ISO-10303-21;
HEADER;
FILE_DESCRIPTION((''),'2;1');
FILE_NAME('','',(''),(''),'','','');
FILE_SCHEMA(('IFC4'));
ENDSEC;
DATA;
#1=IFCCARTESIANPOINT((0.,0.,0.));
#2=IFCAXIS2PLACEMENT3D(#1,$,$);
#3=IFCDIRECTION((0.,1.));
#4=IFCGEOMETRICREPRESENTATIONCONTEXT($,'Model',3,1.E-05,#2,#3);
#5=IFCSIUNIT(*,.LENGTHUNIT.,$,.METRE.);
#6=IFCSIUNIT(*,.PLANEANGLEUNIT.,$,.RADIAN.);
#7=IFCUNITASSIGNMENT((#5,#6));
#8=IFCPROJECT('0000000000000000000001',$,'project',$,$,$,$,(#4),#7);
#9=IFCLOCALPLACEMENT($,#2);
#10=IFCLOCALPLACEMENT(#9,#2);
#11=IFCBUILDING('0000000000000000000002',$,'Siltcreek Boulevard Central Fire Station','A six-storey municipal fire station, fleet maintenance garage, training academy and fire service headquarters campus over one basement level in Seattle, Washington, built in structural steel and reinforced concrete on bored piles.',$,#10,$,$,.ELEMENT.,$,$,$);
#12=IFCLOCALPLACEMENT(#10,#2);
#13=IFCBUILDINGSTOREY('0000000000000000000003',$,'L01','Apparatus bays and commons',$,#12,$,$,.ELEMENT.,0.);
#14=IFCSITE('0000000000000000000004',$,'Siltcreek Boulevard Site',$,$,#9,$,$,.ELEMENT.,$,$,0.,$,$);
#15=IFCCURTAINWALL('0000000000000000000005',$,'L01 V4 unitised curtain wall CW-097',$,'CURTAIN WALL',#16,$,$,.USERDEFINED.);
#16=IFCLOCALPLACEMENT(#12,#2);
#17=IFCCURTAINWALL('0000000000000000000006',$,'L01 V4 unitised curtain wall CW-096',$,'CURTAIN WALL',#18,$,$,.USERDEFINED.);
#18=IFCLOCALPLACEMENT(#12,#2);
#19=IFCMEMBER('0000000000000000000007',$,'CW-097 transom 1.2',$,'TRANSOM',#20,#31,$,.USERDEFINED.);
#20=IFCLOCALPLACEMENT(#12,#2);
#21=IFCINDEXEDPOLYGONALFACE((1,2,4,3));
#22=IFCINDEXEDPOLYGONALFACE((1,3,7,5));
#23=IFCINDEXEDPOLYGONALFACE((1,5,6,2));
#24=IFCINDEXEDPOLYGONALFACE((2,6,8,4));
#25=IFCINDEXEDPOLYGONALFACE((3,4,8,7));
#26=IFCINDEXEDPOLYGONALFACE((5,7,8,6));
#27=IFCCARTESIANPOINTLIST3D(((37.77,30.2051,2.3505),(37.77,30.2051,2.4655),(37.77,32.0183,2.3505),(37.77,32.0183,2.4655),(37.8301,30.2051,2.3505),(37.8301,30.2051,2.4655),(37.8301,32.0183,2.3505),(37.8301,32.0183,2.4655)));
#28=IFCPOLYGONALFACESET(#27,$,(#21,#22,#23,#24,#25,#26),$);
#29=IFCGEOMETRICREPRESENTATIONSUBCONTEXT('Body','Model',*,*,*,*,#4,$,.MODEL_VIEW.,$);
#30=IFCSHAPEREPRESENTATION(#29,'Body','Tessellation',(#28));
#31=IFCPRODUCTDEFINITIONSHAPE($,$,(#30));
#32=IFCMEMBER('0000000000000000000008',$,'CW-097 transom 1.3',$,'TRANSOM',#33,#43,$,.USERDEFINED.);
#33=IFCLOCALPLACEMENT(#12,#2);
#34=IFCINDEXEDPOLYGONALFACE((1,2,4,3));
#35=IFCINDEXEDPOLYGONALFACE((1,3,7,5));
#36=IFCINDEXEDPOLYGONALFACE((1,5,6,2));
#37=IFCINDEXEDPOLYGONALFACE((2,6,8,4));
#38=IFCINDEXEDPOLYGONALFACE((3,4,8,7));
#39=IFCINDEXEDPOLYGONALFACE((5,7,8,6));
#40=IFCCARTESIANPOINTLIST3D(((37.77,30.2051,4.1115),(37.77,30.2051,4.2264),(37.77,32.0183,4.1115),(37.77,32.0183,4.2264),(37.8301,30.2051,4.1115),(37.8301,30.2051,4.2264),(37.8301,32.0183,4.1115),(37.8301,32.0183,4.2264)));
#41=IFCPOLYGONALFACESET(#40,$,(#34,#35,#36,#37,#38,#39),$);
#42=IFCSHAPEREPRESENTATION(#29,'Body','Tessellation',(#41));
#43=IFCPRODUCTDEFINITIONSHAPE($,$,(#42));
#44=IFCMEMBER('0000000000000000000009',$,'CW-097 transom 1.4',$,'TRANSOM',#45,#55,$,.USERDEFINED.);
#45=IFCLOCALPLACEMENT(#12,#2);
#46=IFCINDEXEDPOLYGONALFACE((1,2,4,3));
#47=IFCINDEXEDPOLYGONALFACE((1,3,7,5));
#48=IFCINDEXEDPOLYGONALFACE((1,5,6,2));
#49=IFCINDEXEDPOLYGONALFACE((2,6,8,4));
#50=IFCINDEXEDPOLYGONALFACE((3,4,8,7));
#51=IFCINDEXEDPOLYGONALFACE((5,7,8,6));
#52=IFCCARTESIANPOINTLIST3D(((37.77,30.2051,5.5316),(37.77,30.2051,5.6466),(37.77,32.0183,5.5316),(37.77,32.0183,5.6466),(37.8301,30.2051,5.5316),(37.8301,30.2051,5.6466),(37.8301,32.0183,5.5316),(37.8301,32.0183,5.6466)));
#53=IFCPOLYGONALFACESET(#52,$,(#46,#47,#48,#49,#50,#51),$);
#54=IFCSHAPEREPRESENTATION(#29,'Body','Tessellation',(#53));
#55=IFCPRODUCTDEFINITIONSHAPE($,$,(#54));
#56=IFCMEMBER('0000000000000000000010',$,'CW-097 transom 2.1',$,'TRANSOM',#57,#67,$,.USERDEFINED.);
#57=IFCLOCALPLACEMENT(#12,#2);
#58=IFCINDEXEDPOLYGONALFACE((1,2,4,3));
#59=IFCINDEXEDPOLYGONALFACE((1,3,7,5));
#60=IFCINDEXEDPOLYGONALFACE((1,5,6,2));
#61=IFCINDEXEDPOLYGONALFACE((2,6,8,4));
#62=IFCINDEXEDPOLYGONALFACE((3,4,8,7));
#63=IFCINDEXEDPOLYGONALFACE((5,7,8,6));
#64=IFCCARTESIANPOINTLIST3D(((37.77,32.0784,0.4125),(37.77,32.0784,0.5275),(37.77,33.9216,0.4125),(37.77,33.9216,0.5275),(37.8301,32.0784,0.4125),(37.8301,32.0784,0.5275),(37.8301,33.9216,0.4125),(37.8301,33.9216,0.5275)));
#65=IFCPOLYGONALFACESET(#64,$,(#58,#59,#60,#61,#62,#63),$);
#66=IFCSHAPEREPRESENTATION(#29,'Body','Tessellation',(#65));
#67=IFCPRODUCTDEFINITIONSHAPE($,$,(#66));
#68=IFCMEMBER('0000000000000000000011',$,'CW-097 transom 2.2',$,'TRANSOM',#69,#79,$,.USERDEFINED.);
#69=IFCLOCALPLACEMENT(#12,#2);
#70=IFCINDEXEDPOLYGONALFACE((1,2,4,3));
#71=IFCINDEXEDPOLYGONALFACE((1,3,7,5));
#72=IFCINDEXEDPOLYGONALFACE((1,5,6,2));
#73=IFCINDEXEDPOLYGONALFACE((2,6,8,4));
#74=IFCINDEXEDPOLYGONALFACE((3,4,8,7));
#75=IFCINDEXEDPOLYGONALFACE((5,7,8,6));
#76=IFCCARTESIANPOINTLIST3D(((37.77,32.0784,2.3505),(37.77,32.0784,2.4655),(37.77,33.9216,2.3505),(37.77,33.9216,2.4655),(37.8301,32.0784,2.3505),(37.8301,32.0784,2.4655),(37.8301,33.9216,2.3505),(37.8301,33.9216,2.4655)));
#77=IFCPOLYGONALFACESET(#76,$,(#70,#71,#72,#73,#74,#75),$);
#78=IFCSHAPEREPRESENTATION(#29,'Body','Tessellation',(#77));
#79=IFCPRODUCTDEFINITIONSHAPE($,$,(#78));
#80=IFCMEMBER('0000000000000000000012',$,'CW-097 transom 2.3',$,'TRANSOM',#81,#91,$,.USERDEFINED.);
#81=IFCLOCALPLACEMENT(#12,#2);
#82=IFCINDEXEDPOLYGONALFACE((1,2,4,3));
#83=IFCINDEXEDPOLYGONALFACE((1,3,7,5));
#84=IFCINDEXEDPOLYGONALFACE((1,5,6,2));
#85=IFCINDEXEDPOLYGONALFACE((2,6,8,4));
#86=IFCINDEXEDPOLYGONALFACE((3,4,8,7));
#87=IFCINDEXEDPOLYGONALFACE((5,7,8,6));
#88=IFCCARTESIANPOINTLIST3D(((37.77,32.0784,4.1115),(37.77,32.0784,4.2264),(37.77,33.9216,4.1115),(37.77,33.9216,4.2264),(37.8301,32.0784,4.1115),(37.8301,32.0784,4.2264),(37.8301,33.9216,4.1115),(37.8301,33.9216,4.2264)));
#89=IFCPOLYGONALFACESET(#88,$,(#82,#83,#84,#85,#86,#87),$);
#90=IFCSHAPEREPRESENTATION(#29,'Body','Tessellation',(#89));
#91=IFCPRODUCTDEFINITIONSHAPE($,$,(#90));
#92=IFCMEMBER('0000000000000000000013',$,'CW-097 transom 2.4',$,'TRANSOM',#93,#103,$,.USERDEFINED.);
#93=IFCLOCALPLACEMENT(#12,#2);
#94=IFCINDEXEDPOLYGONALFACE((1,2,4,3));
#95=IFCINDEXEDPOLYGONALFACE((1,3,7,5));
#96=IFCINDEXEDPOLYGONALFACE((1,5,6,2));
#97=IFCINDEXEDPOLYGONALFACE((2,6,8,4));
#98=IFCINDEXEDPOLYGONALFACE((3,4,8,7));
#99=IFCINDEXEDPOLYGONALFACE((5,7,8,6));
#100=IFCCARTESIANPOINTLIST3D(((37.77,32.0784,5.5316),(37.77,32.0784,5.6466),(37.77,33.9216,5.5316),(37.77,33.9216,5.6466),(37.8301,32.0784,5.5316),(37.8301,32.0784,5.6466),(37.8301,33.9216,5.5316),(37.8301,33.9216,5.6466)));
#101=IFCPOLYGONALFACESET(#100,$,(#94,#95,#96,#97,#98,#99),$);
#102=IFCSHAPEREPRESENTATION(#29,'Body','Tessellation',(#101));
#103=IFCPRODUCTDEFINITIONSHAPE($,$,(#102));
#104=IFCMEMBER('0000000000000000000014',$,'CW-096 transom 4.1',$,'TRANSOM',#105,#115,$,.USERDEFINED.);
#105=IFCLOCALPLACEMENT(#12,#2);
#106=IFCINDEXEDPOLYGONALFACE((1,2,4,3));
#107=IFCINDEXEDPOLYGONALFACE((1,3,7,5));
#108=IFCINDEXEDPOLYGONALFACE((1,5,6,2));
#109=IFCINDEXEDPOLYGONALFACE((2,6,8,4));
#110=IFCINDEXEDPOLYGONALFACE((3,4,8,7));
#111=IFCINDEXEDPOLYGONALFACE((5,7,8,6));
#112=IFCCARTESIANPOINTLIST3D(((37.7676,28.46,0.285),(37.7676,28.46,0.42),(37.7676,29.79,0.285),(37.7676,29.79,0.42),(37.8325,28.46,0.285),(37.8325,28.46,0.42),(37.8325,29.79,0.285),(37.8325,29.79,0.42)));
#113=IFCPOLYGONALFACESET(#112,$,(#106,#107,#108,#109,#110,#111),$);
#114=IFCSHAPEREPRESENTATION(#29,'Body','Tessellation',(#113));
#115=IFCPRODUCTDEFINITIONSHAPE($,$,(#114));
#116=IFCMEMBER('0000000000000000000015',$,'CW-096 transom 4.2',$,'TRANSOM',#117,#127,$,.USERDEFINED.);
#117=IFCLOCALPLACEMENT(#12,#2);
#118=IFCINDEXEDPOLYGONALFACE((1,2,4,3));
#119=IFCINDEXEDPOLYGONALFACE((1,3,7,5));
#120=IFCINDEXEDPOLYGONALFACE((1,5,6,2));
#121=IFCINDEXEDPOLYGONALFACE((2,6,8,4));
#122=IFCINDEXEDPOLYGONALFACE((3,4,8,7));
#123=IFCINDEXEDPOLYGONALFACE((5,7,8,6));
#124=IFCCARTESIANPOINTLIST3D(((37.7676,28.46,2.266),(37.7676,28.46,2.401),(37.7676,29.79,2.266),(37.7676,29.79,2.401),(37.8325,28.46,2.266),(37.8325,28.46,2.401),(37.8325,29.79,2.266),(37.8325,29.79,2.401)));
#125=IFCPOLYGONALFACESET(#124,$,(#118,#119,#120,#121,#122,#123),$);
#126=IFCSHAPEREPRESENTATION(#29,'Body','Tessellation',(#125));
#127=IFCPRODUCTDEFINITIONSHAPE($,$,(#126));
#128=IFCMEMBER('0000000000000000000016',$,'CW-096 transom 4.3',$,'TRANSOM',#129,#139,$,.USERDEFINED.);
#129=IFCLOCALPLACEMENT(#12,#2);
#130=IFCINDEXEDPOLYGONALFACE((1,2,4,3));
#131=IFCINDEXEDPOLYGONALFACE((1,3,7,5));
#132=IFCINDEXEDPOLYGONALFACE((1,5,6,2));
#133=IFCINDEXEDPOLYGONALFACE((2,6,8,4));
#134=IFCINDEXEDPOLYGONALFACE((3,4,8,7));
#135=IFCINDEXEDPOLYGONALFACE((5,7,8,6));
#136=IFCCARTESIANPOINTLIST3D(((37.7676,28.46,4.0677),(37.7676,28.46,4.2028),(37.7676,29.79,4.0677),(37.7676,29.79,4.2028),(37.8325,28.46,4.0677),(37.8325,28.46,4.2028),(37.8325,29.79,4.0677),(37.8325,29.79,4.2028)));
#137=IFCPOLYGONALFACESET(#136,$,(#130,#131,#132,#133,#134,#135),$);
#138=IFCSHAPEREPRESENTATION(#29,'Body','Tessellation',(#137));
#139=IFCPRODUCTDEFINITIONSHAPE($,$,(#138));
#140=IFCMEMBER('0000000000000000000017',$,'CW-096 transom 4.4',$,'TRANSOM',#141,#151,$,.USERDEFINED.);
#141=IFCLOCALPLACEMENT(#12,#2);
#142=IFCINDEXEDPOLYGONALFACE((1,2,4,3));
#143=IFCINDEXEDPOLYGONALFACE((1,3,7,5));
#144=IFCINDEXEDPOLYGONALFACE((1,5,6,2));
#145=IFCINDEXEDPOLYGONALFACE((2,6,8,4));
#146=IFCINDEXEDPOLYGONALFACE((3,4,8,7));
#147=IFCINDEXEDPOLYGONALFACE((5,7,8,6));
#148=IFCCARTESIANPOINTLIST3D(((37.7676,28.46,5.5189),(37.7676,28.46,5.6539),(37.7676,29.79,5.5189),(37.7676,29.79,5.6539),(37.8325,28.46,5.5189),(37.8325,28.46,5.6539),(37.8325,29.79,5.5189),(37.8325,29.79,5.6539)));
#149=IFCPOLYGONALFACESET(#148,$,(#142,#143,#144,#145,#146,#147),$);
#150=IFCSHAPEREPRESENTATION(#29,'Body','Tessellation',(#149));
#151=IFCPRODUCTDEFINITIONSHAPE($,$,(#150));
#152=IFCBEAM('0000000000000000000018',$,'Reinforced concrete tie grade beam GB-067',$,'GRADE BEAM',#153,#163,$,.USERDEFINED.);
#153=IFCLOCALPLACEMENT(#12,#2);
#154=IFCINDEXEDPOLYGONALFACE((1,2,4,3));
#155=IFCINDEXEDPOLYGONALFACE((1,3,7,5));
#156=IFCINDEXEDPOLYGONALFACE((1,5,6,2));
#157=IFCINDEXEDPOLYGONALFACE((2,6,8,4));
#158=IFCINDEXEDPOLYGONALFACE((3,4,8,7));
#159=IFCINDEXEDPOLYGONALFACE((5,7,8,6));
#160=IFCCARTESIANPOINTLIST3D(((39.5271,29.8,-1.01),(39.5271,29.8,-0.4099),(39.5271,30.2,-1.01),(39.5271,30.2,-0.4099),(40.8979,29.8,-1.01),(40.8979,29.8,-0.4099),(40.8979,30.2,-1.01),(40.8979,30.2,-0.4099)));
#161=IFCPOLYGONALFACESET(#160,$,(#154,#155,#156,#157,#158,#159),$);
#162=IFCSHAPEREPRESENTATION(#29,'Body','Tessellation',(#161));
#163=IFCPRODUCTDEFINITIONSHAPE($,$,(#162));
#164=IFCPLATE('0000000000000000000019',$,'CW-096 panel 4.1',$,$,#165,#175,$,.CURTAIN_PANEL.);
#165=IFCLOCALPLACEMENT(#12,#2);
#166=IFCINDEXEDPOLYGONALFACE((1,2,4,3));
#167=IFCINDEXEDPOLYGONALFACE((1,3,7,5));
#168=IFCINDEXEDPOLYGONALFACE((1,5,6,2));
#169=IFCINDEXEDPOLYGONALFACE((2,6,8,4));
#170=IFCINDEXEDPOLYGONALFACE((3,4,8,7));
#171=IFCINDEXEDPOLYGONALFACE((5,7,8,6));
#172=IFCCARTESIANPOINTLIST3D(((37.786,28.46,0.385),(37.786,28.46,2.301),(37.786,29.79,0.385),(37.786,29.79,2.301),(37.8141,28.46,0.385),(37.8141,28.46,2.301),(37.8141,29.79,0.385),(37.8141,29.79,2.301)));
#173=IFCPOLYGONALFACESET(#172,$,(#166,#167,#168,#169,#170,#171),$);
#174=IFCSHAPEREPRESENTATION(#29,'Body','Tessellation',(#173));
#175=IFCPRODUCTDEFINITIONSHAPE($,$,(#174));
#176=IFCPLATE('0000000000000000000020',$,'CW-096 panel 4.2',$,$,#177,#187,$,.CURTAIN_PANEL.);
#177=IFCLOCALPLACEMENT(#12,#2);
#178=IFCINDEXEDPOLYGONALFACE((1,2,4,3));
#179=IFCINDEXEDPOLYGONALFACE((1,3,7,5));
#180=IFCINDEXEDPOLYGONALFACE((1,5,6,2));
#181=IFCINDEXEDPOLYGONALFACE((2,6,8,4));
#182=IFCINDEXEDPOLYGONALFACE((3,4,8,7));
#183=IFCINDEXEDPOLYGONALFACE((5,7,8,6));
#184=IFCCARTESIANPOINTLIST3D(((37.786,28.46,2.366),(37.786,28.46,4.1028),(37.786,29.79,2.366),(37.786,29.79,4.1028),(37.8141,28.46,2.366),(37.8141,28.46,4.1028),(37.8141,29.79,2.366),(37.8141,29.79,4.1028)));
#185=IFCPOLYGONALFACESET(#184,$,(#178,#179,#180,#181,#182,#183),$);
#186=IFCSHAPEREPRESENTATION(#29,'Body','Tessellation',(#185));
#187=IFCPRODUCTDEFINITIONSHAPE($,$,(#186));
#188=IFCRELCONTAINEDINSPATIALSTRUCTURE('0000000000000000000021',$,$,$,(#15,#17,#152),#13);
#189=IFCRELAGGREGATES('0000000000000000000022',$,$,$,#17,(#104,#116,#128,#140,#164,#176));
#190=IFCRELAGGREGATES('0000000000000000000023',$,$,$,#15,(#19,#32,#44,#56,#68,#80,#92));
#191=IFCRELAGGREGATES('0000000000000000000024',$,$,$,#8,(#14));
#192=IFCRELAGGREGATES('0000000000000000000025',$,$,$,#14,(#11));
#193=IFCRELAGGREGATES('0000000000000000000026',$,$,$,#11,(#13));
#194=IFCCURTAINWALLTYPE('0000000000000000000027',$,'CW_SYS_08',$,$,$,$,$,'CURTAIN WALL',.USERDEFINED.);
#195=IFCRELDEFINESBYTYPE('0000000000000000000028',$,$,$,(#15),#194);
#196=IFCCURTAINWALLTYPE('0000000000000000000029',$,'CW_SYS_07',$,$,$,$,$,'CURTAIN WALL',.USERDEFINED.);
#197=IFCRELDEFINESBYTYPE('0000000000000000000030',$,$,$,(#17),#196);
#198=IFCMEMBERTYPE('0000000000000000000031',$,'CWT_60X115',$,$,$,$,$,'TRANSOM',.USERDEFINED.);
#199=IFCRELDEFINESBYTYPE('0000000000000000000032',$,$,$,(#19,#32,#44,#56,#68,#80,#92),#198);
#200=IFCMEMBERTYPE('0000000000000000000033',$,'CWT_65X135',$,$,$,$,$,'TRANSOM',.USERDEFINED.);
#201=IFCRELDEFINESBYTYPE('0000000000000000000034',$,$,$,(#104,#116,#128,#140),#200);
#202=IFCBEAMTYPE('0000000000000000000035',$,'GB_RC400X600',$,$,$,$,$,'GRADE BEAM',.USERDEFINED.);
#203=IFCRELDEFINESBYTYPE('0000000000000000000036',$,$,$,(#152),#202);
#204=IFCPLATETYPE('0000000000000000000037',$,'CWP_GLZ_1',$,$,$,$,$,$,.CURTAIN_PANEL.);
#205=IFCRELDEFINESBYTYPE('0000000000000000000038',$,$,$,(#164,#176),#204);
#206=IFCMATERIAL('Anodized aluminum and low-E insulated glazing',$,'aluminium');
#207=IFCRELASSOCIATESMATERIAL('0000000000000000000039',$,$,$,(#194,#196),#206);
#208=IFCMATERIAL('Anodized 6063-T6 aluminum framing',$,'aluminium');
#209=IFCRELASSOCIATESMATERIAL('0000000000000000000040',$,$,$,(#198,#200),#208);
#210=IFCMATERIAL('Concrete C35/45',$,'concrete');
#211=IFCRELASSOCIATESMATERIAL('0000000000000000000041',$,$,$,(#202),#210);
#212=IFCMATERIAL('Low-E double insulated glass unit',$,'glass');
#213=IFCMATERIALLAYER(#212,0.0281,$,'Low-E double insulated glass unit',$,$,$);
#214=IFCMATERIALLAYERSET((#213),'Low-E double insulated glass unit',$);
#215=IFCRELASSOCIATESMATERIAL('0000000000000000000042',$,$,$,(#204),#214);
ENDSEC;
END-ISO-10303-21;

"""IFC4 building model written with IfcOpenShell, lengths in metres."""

from ifc_helpers import new_model, si_unit, direction, frame, origin, origin_2d, place, context, subcontext, project, spatial, rectangle, extrude, material, layer, layer_set, material_profile, profile_set, type_object, element, aggregate, save


model = new_model("IFC4")

# Units and contexts
model_context = context("Model", 3, precision=1e-05, world=origin(), true_north=direction((0.0, 1.0)))
body_context = subcontext(model_context, "Body", "Model", "MODEL_VIEW")
ifc_project = project(units=[si_unit("LENGTHUNIT", "METRE"), si_unit("PLANEANGLEUNIT", "RADIAN")], contexts=[model_context])

# Site, building, storey
site_placement = place(None, origin())
site = spatial("IfcSite", under=ifc_project, at=site_placement, Name="Siltcreek Boulevard Site", CompositionType="ELEMENT", RefElevation=0.0)
building_placement = place(site_placement, origin())
building = spatial("IfcBuilding", under=site, at=building_placement, Name="Siltcreek Boulevard Central Fire Station", Description="A six-storey municipal fire station, fleet maintenance garage, training academy and fire service headquarters campus over one basement level in Seattle, Washington, built in structural steel and reinforced concrete on bored piles.", CompositionType="ELEMENT")
storey_placement = place(building_placement, origin())
storey = spatial("IfcBuildingStorey", under=building, at=storey_placement, Name="L01", Description="Apparatus bays and commons", CompositionType="ELEMENT", Elevation=0.0)

# Shared definitions
ifc_material_1 = material(Name="Concrete C35/45", Category="concrete")

# Curtain walls
ifc_material_2 = material(Name="Anodized aluminum and low-E insulated glazing", Category="aluminium")
curtain_wall_type_1 = type_object("IfcCurtainWallType", Name="CW_SYS_08", ElementType="CURTAIN WALL", PredefinedType="USERDEFINED", material=ifc_material_2)
curtain_wall_1_placement = place(storey_placement, origin())
curtain_wall_1 = element("IfcCurtainWall", 1, at=curtain_wall_1_placement, inside=storey, type_object=curtain_wall_type_1, Name="L01 V4 unitised curtain wall CW-097", ObjectType="CURTAIN WALL", PredefinedType="USERDEFINED")
ifc_material_3 = material(Name="Anodized 6063-T6 aluminum framing", Category="aluminium")
curtain_wall_type_2 = type_object("IfcCurtainWallType", Name="CW_SYS_07", ElementType="CURTAIN WALL", PredefinedType="USERDEFINED", material=ifc_material_2)
curtain_wall_2_placement = place(storey_placement, origin())
curtain_wall_2 = element("IfcCurtainWall", 2, at=curtain_wall_2_placement, inside=storey, type_object=curtain_wall_type_2, Name="L01 V4 unitised curtain wall CW-096", ObjectType="CURTAIN WALL", PredefinedType="USERDEFINED")

# Members
ifc_material_profile_1 = material_profile(ifc_material_3, rectangle(XDim=0.0601, YDim=0.115, at=origin_2d()), Name="TRAN60X115")
ifc_profile_set_1 = profile_set([ifc_material_profile_1], Name="Anodized 6063-T6 aluminum framing")
member_type_1 = type_object("IfcMemberType", Name="CWT_60X115", ElementType="TRANSOM", PredefinedType="USERDEFINED", material=ifc_profile_set_1)
member_1_placement = place(storey_placement, frame((37.8, 30.2051, 2.408), z_axis=(0.0, 1.0, 0.0), x_axis=(-1.0, 0.0, 0.0)))
member_1 = element("IfcMember", 3, at=member_1_placement, type_object=member_type_1, Name="CW-097 transom 1.2", ObjectType="TRANSOM", PredefinedType="USERDEFINED", context=body_context, shape_type="SweptSolid", body=[
    extrude(rectangle(XDim=0.0601, YDim=0.115, at=origin_2d()), origin(), (0.0, 0.0, 1.0), 1.8132),
])
member_2_placement = place(storey_placement, frame((37.8, 30.2051, 4.1689), z_axis=(0.0, 1.0, 0.0), x_axis=(-1.0, 0.0, 0.0)))
member_2 = element("IfcMember", 4, at=member_2_placement, type_object=member_type_1, Name="CW-097 transom 1.3", ObjectType="TRANSOM", PredefinedType="USERDEFINED", context=body_context, shape_type="SweptSolid", body=[
    extrude(rectangle(XDim=0.0601, YDim=0.115, at=origin_2d()), origin(), (0.0, 0.0, 1.0), 1.8132),
])
member_3_placement = place(storey_placement, frame((37.8, 30.2051, 5.5891), z_axis=(0.0, 1.0, 0.0), x_axis=(-1.0, 0.0, 0.0)))
member_3 = element("IfcMember", 5, at=member_3_placement, type_object=member_type_1, Name="CW-097 transom 1.4", ObjectType="TRANSOM", PredefinedType="USERDEFINED", context=body_context, shape_type="SweptSolid", body=[
    extrude(rectangle(XDim=0.0601, YDim=0.115, at=origin_2d()), origin(), (0.0, 0.0, 1.0), 1.8132),
])
member_4_placement = place(storey_placement, frame((37.8, 32.0784, 0.47), z_axis=(0.0, 1.0, 0.0), x_axis=(-1.0, 0.0, 0.0)))
member_4 = element("IfcMember", 6, at=member_4_placement, type_object=member_type_1, Name="CW-097 transom 2.1", ObjectType="TRANSOM", PredefinedType="USERDEFINED", context=body_context, shape_type="SweptSolid", body=[
    extrude(rectangle(XDim=0.0601, YDim=0.115, at=origin_2d()), origin(), (0.0, 0.0, 1.0), 1.8433),
])
member_5_placement = place(storey_placement, frame((37.8, 32.0784, 2.408), z_axis=(0.0, 1.0, 0.0), x_axis=(-1.0, 0.0, 0.0)))
member_5 = element("IfcMember", 7, at=member_5_placement, type_object=member_type_1, Name="CW-097 transom 2.2", ObjectType="TRANSOM", PredefinedType="USERDEFINED", context=body_context, shape_type="SweptSolid", body=[
    extrude(rectangle(XDim=0.0601, YDim=0.115, at=origin_2d()), origin(), (0.0, 0.0, 1.0), 1.8433),
])
member_6_placement = place(storey_placement, frame((37.8, 32.0784, 4.1689), z_axis=(0.0, 1.0, 0.0), x_axis=(-1.0, 0.0, 0.0)))
member_6 = element("IfcMember", 8, at=member_6_placement, type_object=member_type_1, Name="CW-097 transom 2.3", ObjectType="TRANSOM", PredefinedType="USERDEFINED", context=body_context, shape_type="SweptSolid", body=[
    extrude(rectangle(XDim=0.0601, YDim=0.115, at=origin_2d()), origin(), (0.0, 0.0, 1.0), 1.8433),
])
member_7_placement = place(storey_placement, frame((37.8, 32.0784, 5.5891), z_axis=(0.0, 1.0, 0.0), x_axis=(-1.0, 0.0, 0.0)))
member_7 = element("IfcMember", 9, at=member_7_placement, type_object=member_type_1, Name="CW-097 transom 2.4", ObjectType="TRANSOM", PredefinedType="USERDEFINED", context=body_context, shape_type="SweptSolid", body=[
    extrude(rectangle(XDim=0.0601, YDim=0.115, at=origin_2d()), origin(), (0.0, 0.0, 1.0), 1.8433),
])
ifc_material_profile_2 = material_profile(ifc_material_3, rectangle(XDim=0.0649, YDim=0.135, at=origin_2d()), Name="TRAN65X135")
ifc_profile_set_2 = profile_set([ifc_material_profile_2], Name="Anodized 6063-T6 aluminum framing")
member_type_2 = type_object("IfcMemberType", Name="CWT_65X135", ElementType="TRANSOM", PredefinedType="USERDEFINED", material=ifc_profile_set_2)
member_8_placement = place(storey_placement, frame((37.8, 28.46, 0.3525), z_axis=(0.0, 1.0, 0.0), x_axis=(-1.0, 0.0, 0.0)))
member_8 = element("IfcMember", 10, at=member_8_placement, type_object=member_type_2, Name="CW-096 transom 4.1", ObjectType="TRANSOM", PredefinedType="USERDEFINED", context=body_context, shape_type="SweptSolid", body=[
    extrude(rectangle(XDim=0.0649, YDim=0.135, at=origin_2d()), origin(), (0.0, 0.0, 1.0), 1.3301),
])
member_9_placement = place(storey_placement, frame((37.8, 28.46, 2.3335), z_axis=(0.0, 1.0, 0.0), x_axis=(-1.0, 0.0, 0.0)))
member_9 = element("IfcMember", 11, at=member_9_placement, type_object=member_type_2, Name="CW-096 transom 4.2", ObjectType="TRANSOM", PredefinedType="USERDEFINED", context=body_context, shape_type="SweptSolid", body=[
    extrude(rectangle(XDim=0.0649, YDim=0.135, at=origin_2d()), origin(), (0.0, 0.0, 1.0), 1.3301),
])
member_10_placement = place(storey_placement, frame((37.8, 28.46, 4.1353), z_axis=(0.0, 1.0, 0.0), x_axis=(-1.0, 0.0, 0.0)))
member_10 = element("IfcMember", 12, at=member_10_placement, type_object=member_type_2, Name="CW-096 transom 4.3", ObjectType="TRANSOM", PredefinedType="USERDEFINED", context=body_context, shape_type="SweptSolid", body=[
    extrude(rectangle(XDim=0.0649, YDim=0.135, at=origin_2d()), origin(), (0.0, 0.0, 1.0), 1.3301),
])
member_11_placement = place(storey_placement, frame((37.8, 28.46, 5.5864), z_axis=(0.0, 1.0, 0.0), x_axis=(-1.0, 0.0, 0.0)))
member_11 = element("IfcMember", 13, at=member_11_placement, type_object=member_type_2, Name="CW-096 transom 4.4", ObjectType="TRANSOM", PredefinedType="USERDEFINED", context=body_context, shape_type="SweptSolid", body=[
    extrude(rectangle(XDim=0.0649, YDim=0.135, at=origin_2d()), origin(), (0.0, 0.0, 1.0), 1.3301),
])

# Beam
ifc_material_profile_3 = material_profile(ifc_material_1, rectangle(XDim=0.3999, YDim=0.6001, at=origin_2d()), Name="RC400X600")
ifc_profile_set_3 = profile_set([ifc_material_profile_3], Name="Concrete C35/45")
beam_type = type_object("IfcBeamType", Name="GB_RC400X600", ElementType="GRADE BEAM", PredefinedType="USERDEFINED", material=ifc_profile_set_3)
beam_placement = place(storey_placement, frame((39.5271, 30.0, -0.71), z_axis=(1.0, 0.0, 0.0), x_axis=(0.0, 1.0, 0.0)))
element("IfcBeam", 14, at=beam_placement, inside=storey, type_object=beam_type, Name="Reinforced concrete tie grade beam GB-067", ObjectType="GRADE BEAM", PredefinedType="USERDEFINED", context=body_context, shape_type="SweptSolid", body=[
    extrude(rectangle(XDim=0.3999, YDim=0.6001, at=origin_2d()), origin(), (0.0, 0.0, 1.0), 1.3708),
])

# Plates
ifc_material_4 = material(Name="Low-E double insulated glass unit", Category="glass")
ifc_layer_1 = layer(ifc_material_4, 0.0281, Name="Low-E double insulated glass unit")
ifc_layer_set_1 = layer_set([ifc_layer_1], Name="Low-E double insulated glass unit")
plate_type_1 = type_object("IfcPlateType", Name="CWP_GLZ_1", PredefinedType="CURTAIN_PANEL", material=ifc_layer_set_1)
plate_1_placement = place(storey_placement, frame((37.8, 29.125, 0.385), z_axis=(0.0, 0.0, 1.0), x_axis=(0.0, 1.0, 0.0)))
plate_1 = element("IfcPlate", 15, at=plate_1_placement, type_object=plate_type_1, Name="CW-096 panel 4.1", PredefinedType="CURTAIN_PANEL", context=body_context, shape_type="SweptSolid", body=[
    extrude(rectangle(XDim=1.3301, YDim=0.0281, at=origin_2d()), origin(), (0.0, 0.0, 1.0), 1.916),
])
plate_2_placement = place(storey_placement, frame((37.8, 29.125, 2.366), z_axis=(0.0, 0.0, 1.0), x_axis=(0.0, 1.0, 0.0)))
plate_2 = element("IfcPlate", 16, at=plate_2_placement, type_object=plate_type_1, Name="CW-096 panel 4.2", PredefinedType="CURTAIN_PANEL", context=body_context, shape_type="SweptSolid", body=[
    extrude(rectangle(XDim=1.3301, YDim=0.0281, at=origin_2d()), origin(), (0.0, 0.0, 1.0), 1.7368),
])
aggregate(curtain_wall_2, [member_8, member_9, member_10, member_11, plate_1, plate_2])
aggregate(curtain_wall_1, [member_1, member_2, member_3, member_4, member_5, member_6, member_7])

save(model, "model.ifc")
